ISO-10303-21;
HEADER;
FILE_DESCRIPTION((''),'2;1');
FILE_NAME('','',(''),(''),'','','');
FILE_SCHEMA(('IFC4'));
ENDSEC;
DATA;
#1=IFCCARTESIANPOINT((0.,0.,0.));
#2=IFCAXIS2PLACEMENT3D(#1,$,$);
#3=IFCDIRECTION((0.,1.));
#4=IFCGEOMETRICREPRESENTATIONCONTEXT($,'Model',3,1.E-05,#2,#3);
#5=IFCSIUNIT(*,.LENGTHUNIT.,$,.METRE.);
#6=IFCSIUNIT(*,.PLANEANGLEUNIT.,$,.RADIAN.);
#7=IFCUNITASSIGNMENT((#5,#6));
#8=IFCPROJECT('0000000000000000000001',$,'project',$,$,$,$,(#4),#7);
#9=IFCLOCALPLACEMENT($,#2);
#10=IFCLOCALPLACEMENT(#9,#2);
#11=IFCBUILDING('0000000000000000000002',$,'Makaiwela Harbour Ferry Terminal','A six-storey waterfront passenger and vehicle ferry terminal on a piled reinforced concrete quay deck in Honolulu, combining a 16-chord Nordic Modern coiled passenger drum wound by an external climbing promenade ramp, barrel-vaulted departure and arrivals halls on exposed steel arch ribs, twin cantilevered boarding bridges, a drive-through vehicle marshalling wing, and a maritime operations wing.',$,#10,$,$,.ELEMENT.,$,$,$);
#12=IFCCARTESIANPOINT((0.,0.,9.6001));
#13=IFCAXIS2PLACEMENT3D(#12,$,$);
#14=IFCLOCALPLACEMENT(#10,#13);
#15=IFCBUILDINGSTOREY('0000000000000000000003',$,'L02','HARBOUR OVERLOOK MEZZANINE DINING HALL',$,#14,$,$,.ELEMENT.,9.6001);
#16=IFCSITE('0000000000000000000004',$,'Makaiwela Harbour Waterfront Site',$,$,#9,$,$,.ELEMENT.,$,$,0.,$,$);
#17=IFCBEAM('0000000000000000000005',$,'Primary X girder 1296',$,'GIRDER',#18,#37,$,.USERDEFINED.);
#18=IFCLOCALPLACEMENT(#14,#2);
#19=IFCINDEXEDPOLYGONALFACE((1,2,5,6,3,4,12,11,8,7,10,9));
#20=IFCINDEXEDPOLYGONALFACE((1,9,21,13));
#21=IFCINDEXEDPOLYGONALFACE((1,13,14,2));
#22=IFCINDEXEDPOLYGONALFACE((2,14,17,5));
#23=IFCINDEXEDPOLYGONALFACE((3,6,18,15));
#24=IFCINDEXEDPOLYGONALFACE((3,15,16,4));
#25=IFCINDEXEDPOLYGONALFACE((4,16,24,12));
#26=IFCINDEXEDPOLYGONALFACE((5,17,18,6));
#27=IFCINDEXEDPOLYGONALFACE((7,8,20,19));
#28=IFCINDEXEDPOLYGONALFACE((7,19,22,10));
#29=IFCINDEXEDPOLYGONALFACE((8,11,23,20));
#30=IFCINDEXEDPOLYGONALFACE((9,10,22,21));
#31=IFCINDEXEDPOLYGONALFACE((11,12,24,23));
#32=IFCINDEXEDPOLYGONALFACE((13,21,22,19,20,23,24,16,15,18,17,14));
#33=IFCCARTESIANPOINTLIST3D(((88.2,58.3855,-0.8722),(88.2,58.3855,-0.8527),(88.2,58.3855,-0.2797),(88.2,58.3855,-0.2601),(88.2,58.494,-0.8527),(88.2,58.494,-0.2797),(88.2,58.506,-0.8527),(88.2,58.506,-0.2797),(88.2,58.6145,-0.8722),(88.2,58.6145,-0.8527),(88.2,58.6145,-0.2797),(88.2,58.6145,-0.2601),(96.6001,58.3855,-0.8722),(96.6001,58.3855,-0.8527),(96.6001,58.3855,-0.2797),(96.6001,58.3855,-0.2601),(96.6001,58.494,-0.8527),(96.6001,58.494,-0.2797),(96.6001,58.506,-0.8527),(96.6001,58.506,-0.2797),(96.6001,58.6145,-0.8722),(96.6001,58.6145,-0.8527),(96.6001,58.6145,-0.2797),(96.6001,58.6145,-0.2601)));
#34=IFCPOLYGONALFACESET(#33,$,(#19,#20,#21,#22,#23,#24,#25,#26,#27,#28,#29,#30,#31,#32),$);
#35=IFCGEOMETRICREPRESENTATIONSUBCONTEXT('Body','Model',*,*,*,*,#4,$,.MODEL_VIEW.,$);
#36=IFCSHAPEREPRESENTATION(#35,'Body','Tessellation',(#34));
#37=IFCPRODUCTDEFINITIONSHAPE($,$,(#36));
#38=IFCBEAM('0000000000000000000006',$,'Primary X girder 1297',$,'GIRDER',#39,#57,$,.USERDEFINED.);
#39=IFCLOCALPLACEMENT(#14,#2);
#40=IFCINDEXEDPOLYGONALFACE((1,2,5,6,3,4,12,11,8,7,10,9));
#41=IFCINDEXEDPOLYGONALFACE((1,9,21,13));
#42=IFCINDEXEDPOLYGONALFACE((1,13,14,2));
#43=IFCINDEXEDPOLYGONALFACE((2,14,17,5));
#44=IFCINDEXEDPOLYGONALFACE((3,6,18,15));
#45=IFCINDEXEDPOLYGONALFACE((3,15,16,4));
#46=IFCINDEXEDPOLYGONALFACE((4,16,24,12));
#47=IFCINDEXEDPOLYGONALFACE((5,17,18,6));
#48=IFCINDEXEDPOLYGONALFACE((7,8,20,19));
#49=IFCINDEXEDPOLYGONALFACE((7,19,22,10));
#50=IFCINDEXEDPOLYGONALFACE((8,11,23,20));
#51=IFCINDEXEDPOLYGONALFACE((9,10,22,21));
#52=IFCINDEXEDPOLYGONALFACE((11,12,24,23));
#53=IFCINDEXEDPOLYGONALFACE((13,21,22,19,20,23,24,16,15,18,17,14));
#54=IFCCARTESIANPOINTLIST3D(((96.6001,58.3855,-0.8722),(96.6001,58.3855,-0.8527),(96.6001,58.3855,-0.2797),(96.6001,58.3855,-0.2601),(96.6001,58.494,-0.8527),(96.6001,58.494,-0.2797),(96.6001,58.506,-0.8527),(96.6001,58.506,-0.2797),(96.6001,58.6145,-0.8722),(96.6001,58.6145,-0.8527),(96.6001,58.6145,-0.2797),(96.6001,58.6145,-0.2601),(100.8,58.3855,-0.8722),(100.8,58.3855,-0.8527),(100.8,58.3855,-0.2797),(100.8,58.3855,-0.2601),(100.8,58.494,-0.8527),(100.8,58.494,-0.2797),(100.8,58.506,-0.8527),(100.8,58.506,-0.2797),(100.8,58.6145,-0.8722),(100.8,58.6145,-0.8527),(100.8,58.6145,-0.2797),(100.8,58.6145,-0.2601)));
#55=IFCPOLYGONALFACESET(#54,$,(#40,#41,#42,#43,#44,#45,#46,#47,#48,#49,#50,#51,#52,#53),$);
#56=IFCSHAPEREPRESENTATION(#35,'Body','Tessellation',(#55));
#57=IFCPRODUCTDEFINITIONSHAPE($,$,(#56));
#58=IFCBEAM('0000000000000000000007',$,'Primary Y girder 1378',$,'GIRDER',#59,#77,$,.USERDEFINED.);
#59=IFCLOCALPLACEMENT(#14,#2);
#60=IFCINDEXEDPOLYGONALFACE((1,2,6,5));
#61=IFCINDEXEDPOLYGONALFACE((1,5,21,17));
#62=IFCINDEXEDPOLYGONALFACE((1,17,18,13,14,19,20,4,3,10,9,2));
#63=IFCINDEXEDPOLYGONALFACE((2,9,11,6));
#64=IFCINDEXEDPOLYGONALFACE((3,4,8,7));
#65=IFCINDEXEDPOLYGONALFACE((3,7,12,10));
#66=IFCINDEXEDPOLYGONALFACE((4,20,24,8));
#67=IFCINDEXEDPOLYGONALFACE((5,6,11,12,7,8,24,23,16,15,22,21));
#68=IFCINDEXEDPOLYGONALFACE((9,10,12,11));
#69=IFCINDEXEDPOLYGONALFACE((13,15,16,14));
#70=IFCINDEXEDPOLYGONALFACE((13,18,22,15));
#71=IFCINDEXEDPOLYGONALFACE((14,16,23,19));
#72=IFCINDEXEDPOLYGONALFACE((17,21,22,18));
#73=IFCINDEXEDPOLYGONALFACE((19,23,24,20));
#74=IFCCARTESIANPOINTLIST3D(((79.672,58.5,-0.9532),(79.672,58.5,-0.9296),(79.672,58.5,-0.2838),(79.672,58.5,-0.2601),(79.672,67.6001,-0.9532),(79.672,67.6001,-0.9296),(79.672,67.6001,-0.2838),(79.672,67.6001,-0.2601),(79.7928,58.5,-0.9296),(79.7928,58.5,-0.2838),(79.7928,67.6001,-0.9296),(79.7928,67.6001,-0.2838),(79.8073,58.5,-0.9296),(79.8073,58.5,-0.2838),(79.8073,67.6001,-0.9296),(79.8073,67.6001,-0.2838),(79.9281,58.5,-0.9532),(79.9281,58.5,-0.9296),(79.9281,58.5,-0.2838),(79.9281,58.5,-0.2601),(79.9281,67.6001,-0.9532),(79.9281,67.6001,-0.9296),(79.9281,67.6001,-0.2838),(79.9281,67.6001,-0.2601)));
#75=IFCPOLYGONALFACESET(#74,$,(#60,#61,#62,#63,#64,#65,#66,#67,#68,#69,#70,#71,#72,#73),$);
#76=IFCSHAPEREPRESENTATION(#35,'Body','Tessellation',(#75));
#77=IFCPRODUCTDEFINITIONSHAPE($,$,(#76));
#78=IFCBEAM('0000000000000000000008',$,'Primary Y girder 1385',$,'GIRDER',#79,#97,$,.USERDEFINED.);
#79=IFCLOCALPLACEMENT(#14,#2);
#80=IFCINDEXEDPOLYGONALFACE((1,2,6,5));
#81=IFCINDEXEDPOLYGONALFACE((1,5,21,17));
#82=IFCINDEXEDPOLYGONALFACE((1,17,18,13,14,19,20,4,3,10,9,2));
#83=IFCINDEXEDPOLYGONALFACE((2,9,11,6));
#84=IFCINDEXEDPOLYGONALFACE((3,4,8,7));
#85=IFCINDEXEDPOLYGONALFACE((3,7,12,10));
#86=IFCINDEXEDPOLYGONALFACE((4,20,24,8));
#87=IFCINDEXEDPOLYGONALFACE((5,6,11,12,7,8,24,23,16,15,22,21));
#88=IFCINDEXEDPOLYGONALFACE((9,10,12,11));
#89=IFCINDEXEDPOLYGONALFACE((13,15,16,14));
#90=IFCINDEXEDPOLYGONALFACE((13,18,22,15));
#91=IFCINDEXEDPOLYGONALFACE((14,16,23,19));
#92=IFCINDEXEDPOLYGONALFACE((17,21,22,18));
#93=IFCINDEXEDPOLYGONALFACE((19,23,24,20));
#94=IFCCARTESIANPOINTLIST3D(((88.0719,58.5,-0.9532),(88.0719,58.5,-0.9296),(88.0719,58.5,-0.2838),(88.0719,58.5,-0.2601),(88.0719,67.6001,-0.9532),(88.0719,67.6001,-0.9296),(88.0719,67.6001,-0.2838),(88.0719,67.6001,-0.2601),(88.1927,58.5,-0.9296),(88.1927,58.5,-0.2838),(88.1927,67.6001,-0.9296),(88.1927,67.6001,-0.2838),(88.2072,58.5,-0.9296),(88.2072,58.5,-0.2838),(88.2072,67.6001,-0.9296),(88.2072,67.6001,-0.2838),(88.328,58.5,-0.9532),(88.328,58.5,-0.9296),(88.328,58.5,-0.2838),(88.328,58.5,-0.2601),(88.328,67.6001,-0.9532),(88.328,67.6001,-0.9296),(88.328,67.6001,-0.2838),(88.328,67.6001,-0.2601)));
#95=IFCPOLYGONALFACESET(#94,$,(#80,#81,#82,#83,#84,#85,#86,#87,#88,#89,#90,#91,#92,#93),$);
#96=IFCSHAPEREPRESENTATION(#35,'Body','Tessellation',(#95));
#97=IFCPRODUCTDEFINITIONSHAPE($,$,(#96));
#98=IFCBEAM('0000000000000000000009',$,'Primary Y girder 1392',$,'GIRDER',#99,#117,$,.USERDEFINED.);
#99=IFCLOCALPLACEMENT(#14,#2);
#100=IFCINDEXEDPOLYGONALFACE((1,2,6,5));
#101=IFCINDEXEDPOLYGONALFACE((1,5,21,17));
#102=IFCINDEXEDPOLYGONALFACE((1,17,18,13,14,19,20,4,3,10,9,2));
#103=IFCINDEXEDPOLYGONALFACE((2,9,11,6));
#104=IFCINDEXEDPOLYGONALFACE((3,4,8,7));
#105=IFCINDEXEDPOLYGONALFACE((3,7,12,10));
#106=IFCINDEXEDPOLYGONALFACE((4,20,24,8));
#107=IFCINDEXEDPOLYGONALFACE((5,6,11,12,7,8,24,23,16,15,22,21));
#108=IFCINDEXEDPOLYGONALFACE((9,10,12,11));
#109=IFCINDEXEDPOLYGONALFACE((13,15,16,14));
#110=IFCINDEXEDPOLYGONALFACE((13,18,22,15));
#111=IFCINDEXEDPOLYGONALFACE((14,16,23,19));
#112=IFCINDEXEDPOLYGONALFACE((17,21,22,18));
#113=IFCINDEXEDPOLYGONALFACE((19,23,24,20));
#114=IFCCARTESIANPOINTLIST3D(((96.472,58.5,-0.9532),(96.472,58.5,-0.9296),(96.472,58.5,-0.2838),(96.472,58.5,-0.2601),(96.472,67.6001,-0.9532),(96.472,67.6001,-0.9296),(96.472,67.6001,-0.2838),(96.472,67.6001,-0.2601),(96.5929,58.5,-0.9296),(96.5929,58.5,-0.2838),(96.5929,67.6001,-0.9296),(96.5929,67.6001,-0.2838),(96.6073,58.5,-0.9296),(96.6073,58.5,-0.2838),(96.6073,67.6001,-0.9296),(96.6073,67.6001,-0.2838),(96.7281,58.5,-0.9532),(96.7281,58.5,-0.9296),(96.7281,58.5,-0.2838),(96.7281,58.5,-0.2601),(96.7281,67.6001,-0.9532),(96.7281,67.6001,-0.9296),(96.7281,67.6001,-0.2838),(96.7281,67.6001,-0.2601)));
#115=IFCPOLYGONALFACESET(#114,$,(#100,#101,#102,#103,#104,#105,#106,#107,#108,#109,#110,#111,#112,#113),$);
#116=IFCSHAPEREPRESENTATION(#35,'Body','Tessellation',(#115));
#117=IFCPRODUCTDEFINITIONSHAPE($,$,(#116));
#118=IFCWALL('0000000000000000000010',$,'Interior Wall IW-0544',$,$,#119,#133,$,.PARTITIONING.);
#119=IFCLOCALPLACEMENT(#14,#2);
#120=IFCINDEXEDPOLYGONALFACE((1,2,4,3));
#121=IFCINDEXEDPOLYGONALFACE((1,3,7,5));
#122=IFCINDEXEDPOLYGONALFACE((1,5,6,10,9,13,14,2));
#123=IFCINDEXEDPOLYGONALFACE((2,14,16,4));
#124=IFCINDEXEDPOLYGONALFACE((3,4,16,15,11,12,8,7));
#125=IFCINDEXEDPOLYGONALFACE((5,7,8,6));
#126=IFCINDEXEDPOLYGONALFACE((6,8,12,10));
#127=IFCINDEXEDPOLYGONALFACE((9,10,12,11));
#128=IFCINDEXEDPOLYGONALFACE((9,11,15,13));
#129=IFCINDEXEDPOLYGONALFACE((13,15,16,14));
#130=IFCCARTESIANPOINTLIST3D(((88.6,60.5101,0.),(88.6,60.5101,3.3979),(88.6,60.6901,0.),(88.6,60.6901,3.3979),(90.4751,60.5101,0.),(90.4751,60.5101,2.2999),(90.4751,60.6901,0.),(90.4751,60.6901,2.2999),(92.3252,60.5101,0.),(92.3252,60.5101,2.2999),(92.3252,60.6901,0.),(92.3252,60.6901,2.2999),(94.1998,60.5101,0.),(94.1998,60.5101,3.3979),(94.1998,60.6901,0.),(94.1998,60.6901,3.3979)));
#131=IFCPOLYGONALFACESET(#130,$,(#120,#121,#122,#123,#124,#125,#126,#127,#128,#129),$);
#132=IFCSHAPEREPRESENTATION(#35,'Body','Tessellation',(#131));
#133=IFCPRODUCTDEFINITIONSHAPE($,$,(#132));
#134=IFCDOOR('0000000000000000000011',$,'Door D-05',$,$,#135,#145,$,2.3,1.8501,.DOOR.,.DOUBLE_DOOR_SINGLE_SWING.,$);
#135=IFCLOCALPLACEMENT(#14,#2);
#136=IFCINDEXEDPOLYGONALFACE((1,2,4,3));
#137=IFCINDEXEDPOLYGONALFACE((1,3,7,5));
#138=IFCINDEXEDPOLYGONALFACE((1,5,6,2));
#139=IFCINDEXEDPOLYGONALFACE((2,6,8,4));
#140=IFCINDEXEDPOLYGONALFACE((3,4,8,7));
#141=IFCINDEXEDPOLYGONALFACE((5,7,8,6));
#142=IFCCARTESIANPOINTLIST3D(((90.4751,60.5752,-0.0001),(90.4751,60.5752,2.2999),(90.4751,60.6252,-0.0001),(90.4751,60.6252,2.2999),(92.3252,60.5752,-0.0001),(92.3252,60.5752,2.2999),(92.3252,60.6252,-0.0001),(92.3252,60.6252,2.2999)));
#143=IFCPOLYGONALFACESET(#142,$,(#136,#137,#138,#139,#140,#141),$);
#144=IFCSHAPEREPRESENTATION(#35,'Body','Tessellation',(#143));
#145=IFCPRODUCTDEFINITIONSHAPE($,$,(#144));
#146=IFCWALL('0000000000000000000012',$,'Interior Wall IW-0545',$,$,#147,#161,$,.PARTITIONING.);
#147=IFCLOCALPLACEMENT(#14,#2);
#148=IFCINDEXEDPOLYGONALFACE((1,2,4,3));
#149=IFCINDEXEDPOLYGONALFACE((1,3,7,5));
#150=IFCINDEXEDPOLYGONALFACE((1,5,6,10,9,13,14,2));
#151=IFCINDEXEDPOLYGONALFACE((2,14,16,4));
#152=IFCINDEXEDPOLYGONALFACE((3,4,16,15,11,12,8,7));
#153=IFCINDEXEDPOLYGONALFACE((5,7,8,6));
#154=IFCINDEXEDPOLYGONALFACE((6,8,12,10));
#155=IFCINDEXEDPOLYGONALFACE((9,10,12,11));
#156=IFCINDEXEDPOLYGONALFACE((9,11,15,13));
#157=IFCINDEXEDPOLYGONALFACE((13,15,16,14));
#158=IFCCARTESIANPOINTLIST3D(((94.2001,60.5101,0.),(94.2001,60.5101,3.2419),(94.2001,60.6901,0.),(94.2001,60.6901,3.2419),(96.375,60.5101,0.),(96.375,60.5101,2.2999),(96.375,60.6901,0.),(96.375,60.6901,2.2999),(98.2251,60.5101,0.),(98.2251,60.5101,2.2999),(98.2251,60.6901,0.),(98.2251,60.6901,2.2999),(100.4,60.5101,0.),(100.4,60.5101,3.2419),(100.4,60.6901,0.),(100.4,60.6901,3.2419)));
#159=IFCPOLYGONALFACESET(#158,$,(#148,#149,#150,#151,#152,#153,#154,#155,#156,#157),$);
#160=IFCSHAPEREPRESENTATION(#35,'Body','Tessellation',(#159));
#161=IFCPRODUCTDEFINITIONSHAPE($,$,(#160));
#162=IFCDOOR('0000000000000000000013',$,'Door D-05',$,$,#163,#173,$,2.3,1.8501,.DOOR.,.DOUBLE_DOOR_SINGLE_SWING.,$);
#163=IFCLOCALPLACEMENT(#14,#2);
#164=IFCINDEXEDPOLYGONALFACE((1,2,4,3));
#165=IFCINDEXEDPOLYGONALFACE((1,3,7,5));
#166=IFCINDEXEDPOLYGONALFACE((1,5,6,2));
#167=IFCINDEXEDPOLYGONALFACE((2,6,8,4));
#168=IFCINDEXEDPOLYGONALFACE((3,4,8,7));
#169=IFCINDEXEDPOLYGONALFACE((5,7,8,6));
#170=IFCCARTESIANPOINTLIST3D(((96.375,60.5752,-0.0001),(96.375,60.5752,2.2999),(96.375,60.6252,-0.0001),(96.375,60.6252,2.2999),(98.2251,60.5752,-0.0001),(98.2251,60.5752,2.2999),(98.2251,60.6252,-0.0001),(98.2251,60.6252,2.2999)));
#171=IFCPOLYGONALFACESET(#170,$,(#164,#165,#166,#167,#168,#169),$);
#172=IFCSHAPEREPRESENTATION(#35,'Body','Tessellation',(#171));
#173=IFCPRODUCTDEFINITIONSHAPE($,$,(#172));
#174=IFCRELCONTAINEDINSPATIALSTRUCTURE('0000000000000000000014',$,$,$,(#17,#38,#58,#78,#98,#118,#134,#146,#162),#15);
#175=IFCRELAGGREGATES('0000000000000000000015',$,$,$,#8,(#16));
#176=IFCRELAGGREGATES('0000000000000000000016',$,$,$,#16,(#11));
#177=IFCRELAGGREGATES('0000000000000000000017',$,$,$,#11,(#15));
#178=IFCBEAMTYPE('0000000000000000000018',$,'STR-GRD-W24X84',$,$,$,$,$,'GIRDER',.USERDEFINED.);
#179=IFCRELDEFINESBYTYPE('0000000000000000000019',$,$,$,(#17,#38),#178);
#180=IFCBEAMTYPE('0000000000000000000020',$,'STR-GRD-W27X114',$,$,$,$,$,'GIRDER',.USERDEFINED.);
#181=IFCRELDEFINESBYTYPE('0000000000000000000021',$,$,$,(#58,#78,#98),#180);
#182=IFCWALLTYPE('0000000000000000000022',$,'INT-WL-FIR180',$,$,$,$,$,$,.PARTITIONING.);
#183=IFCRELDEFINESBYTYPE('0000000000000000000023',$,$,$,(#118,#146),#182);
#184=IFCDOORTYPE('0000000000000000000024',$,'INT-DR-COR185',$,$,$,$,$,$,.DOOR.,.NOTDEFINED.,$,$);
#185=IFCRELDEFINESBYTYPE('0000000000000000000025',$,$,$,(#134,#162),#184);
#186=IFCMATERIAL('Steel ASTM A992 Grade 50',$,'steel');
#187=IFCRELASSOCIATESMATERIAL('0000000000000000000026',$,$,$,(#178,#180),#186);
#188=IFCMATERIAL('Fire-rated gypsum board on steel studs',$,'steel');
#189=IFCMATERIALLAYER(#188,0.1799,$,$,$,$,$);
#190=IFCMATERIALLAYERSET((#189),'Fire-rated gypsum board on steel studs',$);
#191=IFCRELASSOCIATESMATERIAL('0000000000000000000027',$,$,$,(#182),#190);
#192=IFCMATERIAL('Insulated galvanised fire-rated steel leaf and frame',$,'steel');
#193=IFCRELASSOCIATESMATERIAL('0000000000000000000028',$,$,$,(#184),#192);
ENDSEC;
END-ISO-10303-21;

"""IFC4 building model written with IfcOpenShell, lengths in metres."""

from ifc_helpers import new_model, si_unit, direction, frame, frame_2d, origin, origin_2d, place, context, subcontext, project, spatial, rectangle, i_section, extrude, material, layer, layer_set, material_profile, profile_set, type_object, element, fill, save


model = new_model("IFC4")

# Units and contexts
model_context = context("Model", 3, precision=1e-05, world=origin(), true_north=direction((0.0, 1.0)))
body_context = subcontext(model_context, "Body", "Model", "MODEL_VIEW")
ifc_project = project(units=[si_unit("LENGTHUNIT", "METRE"), si_unit("PLANEANGLEUNIT", "RADIAN")], contexts=[model_context])

# Site, building, storey
site_placement = place(None, origin())
site = spatial("IfcSite", under=ifc_project, at=site_placement, Name="Makaiwela Harbour Waterfront Site", CompositionType="ELEMENT", RefElevation=0.0)
building_placement = place(site_placement, origin())
building = spatial("IfcBuilding", under=site, at=building_placement, Name="Makaiwela Harbour Ferry Terminal", Description="A six-storey waterfront passenger and vehicle ferry terminal on a piled reinforced concrete quay deck in Honolulu, combining a 16-chord Nordic Modern coiled passenger drum wound by an external climbing promenade ramp, barrel-vaulted departure and arrivals halls on exposed steel arch ribs, twin cantilevered boarding bridges, a drive-through vehicle marshalling wing, and a maritime operations wing.", CompositionType="ELEMENT")
storey_placement = place(building_placement, frame((0.0, 0.0, 9.6001)))
storey = spatial("IfcBuildingStorey", under=building, at=storey_placement, Name="L02", Description="HARBOUR OVERLOOK MEZZANINE DINING HALL", CompositionType="ELEMENT", Elevation=9.6001)

# Shared definitions
ifc_material_1 = material(Name="Steel ASTM A992 Grade 50", Category="steel")

# Beams
ifc_material_profile_1 = material_profile(ifc_material_1, i_section(OverallWidth=0.229, OverallDepth=0.6121, WebThickness=0.012, FlangeThickness=0.0195, at=origin_2d()), Name="W24X84")
ifc_profile_set_1 = profile_set([ifc_material_profile_1], Name="Steel ASTM A992 Grade 50")
beam_type_1 = type_object("IfcBeamType", Name="STR-GRD-W24X84", ElementType="GIRDER", PredefinedType="USERDEFINED", material=ifc_profile_set_1)
beam_1_placement = place(storey_placement, frame((88.2, 58.5, -0.5662), z_axis=(1.0, 0.0, 0.0), x_axis=(0.0, 1.0, 0.0)))
element("IfcBeam", 1, at=beam_1_placement, inside=storey, type_object=beam_type_1, Name="Primary X girder 1296", ObjectType="GIRDER", PredefinedType="USERDEFINED", context=body_context, shape_type="SweptSolid", body=[
    extrude(i_section(OverallWidth=0.229, OverallDepth=0.6121, WebThickness=0.012, FlangeThickness=0.0195, at=origin_2d()), origin(), (0.0, 0.0, 1.0), 8.4001),
])
beam_2_placement = place(storey_placement, frame((96.6001, 58.5, -0.5662), z_axis=(1.0, 0.0, 0.0), x_axis=(0.0, 1.0, 0.0)))
element("IfcBeam", 2, at=beam_2_placement, inside=storey, type_object=beam_type_1, Name="Primary X girder 1297", ObjectType="GIRDER", PredefinedType="USERDEFINED", context=body_context, shape_type="SweptSolid", body=[
    extrude(i_section(OverallWidth=0.229, OverallDepth=0.6121, WebThickness=0.012, FlangeThickness=0.0195, at=origin_2d()), origin(), (0.0, 0.0, 1.0), 4.2),
])
ifc_material_profile_2 = material_profile(ifc_material_1, i_section(OverallWidth=0.2561, OverallDepth=0.6931, WebThickness=0.0144, FlangeThickness=0.0237, at=origin_2d()), Name="W27X114")
ifc_profile_set_2 = profile_set([ifc_material_profile_2], Name="Steel ASTM A992 Grade 50")
beam_type_2 = type_object("IfcBeamType", Name="STR-GRD-W27X114", ElementType="GIRDER", PredefinedType="USERDEFINED", material=ifc_profile_set_2)
for number, where, z_axis, x_axis, name in (
    (3, (79.8, 58.5, -0.6067), (0.0, 1.0, 0.0), (-1.0, 0.0, 0.0), "Primary Y girder 1378"),
    (4, (88.2, 58.5, -0.6067), (0.0, 1.0, 0.0), (-1.0, 0.0, 0.0), "Primary Y girder 1385"),
    (5, (96.6001, 58.5, -0.6067), (0.0, 1.0, 0.0), (-1.0, 0.0, 0.0), "Primary Y girder 1392"),
):
    element("IfcBeam", number, at=place(storey_placement, frame(where, z_axis=z_axis, x_axis=x_axis)), inside=storey, type_object=beam_type_2, Name=name, ObjectType="GIRDER", PredefinedType="USERDEFINED", context=body_context, shape_type="SweptSolid", body=[
        extrude(i_section(OverallWidth=0.2561, OverallDepth=0.6931, WebThickness=0.0144, FlangeThickness=0.0237, at=origin_2d()), origin(), (0.0, 0.0, 1.0), 9.1001),
    ])

# Walls, openings, doors
ifc_material_2 = material(Name="Fire-rated gypsum board on steel studs", Category="steel")
ifc_layer_1 = layer(ifc_material_2, 0.1799)
ifc_layer_set_1 = layer_set([ifc_layer_1], Name="Fire-rated gypsum board on steel studs")
wall_type_1 = type_object("IfcWallType", Name="INT-WL-FIR180", PredefinedType="PARTITIONING", material=ifc_layer_set_1)
wall_1_placement = place(storey_placement, frame((88.6001, 60.6001, 0.0), z_axis=(0.0, 0.0, 1.0), x_axis=(1.0, 0.0, 0.0)))
wall_1 = element("IfcWall", 6, at=wall_1_placement, inside=storey, type_object=wall_type_1, Name="Interior Wall IW-0544", PredefinedType="PARTITIONING", context=body_context, shape_type="SweptSolid", body=[
    extrude(rectangle(XDim=5.5999, YDim=0.1799, at=frame_2d((2.7998, 0.0))), origin(), (0.0, 0.0, 1.0), 3.3979),
])
opening_1_placement = place(wall_1_placement, frame((1.875, 0.0, 0.0)))
opening_1 = element("IfcOpeningElement", 7, at=opening_1_placement, cuts=wall_1, PredefinedType="OPENING", context=body_context, shape_type="SweptSolid", body=[
    extrude(rectangle(XDim=1.8501, YDim=2.3, at=frame_2d((0.925, 1.1499))), frame((0.0, 0.0999, 0.0), z_axis=(0.0, -1.0, 0.0), x_axis=(1.0, 0.0, 0.0)), (0.0, 0.0, 1.0), 0.2),
])
ifc_material_3 = material(Name="Insulated galvanised fire-rated steel leaf and frame", Category="steel")
door_type_1 = type_object("IfcDoorType", Name="INT-DR-COR185", OperationType="NOTDEFINED", PredefinedType="DOOR", material=ifc_material_3)
door_1_placement = place(opening_1_placement, frame((1.8501, 0.0, 0.0), z_axis=(0.0, 0.0, 1.0), x_axis=(-1.0, 0.0, 0.0)))
door_1 = element("IfcDoor", 8, at=door_1_placement, inside=storey, type_object=door_type_1, Name="Door D-05", OperationType="DOUBLE_DOOR_SINGLE_SWING", OverallHeight=2.3, OverallWidth=1.8501, PredefinedType="DOOR", context=body_context, shape_type="SweptSolid", body=[
    extrude(rectangle(XDim=1.8501, YDim=2.3, at=frame_2d((0.925, 1.1499))), frame((0.0, 0.0249, 0.0), z_axis=(0.0, -1.0, 0.0), x_axis=(1.0, 0.0, 0.0)), (0.0, 0.0, 1.0), 0.05),
])
fill(opening_1, door_1)
wall_2_placement = place(storey_placement, frame((94.2, 60.6001, 0.0), z_axis=(0.0, 0.0, 1.0), x_axis=(1.0, 0.0, 0.0)))
wall_2 = element("IfcWall", 9, at=wall_2_placement, inside=storey, type_object=wall_type_1, Name="Interior Wall IW-0545", PredefinedType="PARTITIONING", context=body_context, shape_type="SweptSolid", body=[
    extrude(rectangle(XDim=6.2, YDim=0.1799, at=frame_2d((3.1001, 0.0))), origin(), (0.0, 0.0, 1.0), 3.2419),
])
opening_2_placement = place(wall_2_placement, frame((2.175, 0.0, 0.0)))
opening_2 = element("IfcOpeningElement", 10, at=opening_2_placement, cuts=wall_2, PredefinedType="OPENING", context=body_context, shape_type="SweptSolid", body=[
    extrude(rectangle(XDim=1.8501, YDim=2.3, at=frame_2d((0.925, 1.1499))), frame((0.0, 0.0999, 0.0), z_axis=(0.0, -1.0, 0.0), x_axis=(1.0, 0.0, 0.0)), (0.0, 0.0, 1.0), 0.2),
])
door_2_placement = place(opening_2_placement, frame((1.8501, 0.0, 0.0), z_axis=(0.0, 0.0, 1.0), x_axis=(-1.0, 0.0, 0.0)))
door_2 = element("IfcDoor", 11, at=door_2_placement, inside=storey, type_object=door_type_1, Name="Door D-05", OperationType="DOUBLE_DOOR_SINGLE_SWING", OverallHeight=2.3, OverallWidth=1.8501, PredefinedType="DOOR", context=body_context, shape_type="SweptSolid", body=[
    extrude(rectangle(XDim=1.8501, YDim=2.3, at=frame_2d((0.925, 1.1499))), frame((0.0, 0.0249, 0.0), z_axis=(0.0, -1.0, 0.0), x_axis=(1.0, 0.0, 0.0)), (0.0, 0.0, 1.0), 0.05),
])
fill(opening_2, door_2)

save(model, "model.ifc")
